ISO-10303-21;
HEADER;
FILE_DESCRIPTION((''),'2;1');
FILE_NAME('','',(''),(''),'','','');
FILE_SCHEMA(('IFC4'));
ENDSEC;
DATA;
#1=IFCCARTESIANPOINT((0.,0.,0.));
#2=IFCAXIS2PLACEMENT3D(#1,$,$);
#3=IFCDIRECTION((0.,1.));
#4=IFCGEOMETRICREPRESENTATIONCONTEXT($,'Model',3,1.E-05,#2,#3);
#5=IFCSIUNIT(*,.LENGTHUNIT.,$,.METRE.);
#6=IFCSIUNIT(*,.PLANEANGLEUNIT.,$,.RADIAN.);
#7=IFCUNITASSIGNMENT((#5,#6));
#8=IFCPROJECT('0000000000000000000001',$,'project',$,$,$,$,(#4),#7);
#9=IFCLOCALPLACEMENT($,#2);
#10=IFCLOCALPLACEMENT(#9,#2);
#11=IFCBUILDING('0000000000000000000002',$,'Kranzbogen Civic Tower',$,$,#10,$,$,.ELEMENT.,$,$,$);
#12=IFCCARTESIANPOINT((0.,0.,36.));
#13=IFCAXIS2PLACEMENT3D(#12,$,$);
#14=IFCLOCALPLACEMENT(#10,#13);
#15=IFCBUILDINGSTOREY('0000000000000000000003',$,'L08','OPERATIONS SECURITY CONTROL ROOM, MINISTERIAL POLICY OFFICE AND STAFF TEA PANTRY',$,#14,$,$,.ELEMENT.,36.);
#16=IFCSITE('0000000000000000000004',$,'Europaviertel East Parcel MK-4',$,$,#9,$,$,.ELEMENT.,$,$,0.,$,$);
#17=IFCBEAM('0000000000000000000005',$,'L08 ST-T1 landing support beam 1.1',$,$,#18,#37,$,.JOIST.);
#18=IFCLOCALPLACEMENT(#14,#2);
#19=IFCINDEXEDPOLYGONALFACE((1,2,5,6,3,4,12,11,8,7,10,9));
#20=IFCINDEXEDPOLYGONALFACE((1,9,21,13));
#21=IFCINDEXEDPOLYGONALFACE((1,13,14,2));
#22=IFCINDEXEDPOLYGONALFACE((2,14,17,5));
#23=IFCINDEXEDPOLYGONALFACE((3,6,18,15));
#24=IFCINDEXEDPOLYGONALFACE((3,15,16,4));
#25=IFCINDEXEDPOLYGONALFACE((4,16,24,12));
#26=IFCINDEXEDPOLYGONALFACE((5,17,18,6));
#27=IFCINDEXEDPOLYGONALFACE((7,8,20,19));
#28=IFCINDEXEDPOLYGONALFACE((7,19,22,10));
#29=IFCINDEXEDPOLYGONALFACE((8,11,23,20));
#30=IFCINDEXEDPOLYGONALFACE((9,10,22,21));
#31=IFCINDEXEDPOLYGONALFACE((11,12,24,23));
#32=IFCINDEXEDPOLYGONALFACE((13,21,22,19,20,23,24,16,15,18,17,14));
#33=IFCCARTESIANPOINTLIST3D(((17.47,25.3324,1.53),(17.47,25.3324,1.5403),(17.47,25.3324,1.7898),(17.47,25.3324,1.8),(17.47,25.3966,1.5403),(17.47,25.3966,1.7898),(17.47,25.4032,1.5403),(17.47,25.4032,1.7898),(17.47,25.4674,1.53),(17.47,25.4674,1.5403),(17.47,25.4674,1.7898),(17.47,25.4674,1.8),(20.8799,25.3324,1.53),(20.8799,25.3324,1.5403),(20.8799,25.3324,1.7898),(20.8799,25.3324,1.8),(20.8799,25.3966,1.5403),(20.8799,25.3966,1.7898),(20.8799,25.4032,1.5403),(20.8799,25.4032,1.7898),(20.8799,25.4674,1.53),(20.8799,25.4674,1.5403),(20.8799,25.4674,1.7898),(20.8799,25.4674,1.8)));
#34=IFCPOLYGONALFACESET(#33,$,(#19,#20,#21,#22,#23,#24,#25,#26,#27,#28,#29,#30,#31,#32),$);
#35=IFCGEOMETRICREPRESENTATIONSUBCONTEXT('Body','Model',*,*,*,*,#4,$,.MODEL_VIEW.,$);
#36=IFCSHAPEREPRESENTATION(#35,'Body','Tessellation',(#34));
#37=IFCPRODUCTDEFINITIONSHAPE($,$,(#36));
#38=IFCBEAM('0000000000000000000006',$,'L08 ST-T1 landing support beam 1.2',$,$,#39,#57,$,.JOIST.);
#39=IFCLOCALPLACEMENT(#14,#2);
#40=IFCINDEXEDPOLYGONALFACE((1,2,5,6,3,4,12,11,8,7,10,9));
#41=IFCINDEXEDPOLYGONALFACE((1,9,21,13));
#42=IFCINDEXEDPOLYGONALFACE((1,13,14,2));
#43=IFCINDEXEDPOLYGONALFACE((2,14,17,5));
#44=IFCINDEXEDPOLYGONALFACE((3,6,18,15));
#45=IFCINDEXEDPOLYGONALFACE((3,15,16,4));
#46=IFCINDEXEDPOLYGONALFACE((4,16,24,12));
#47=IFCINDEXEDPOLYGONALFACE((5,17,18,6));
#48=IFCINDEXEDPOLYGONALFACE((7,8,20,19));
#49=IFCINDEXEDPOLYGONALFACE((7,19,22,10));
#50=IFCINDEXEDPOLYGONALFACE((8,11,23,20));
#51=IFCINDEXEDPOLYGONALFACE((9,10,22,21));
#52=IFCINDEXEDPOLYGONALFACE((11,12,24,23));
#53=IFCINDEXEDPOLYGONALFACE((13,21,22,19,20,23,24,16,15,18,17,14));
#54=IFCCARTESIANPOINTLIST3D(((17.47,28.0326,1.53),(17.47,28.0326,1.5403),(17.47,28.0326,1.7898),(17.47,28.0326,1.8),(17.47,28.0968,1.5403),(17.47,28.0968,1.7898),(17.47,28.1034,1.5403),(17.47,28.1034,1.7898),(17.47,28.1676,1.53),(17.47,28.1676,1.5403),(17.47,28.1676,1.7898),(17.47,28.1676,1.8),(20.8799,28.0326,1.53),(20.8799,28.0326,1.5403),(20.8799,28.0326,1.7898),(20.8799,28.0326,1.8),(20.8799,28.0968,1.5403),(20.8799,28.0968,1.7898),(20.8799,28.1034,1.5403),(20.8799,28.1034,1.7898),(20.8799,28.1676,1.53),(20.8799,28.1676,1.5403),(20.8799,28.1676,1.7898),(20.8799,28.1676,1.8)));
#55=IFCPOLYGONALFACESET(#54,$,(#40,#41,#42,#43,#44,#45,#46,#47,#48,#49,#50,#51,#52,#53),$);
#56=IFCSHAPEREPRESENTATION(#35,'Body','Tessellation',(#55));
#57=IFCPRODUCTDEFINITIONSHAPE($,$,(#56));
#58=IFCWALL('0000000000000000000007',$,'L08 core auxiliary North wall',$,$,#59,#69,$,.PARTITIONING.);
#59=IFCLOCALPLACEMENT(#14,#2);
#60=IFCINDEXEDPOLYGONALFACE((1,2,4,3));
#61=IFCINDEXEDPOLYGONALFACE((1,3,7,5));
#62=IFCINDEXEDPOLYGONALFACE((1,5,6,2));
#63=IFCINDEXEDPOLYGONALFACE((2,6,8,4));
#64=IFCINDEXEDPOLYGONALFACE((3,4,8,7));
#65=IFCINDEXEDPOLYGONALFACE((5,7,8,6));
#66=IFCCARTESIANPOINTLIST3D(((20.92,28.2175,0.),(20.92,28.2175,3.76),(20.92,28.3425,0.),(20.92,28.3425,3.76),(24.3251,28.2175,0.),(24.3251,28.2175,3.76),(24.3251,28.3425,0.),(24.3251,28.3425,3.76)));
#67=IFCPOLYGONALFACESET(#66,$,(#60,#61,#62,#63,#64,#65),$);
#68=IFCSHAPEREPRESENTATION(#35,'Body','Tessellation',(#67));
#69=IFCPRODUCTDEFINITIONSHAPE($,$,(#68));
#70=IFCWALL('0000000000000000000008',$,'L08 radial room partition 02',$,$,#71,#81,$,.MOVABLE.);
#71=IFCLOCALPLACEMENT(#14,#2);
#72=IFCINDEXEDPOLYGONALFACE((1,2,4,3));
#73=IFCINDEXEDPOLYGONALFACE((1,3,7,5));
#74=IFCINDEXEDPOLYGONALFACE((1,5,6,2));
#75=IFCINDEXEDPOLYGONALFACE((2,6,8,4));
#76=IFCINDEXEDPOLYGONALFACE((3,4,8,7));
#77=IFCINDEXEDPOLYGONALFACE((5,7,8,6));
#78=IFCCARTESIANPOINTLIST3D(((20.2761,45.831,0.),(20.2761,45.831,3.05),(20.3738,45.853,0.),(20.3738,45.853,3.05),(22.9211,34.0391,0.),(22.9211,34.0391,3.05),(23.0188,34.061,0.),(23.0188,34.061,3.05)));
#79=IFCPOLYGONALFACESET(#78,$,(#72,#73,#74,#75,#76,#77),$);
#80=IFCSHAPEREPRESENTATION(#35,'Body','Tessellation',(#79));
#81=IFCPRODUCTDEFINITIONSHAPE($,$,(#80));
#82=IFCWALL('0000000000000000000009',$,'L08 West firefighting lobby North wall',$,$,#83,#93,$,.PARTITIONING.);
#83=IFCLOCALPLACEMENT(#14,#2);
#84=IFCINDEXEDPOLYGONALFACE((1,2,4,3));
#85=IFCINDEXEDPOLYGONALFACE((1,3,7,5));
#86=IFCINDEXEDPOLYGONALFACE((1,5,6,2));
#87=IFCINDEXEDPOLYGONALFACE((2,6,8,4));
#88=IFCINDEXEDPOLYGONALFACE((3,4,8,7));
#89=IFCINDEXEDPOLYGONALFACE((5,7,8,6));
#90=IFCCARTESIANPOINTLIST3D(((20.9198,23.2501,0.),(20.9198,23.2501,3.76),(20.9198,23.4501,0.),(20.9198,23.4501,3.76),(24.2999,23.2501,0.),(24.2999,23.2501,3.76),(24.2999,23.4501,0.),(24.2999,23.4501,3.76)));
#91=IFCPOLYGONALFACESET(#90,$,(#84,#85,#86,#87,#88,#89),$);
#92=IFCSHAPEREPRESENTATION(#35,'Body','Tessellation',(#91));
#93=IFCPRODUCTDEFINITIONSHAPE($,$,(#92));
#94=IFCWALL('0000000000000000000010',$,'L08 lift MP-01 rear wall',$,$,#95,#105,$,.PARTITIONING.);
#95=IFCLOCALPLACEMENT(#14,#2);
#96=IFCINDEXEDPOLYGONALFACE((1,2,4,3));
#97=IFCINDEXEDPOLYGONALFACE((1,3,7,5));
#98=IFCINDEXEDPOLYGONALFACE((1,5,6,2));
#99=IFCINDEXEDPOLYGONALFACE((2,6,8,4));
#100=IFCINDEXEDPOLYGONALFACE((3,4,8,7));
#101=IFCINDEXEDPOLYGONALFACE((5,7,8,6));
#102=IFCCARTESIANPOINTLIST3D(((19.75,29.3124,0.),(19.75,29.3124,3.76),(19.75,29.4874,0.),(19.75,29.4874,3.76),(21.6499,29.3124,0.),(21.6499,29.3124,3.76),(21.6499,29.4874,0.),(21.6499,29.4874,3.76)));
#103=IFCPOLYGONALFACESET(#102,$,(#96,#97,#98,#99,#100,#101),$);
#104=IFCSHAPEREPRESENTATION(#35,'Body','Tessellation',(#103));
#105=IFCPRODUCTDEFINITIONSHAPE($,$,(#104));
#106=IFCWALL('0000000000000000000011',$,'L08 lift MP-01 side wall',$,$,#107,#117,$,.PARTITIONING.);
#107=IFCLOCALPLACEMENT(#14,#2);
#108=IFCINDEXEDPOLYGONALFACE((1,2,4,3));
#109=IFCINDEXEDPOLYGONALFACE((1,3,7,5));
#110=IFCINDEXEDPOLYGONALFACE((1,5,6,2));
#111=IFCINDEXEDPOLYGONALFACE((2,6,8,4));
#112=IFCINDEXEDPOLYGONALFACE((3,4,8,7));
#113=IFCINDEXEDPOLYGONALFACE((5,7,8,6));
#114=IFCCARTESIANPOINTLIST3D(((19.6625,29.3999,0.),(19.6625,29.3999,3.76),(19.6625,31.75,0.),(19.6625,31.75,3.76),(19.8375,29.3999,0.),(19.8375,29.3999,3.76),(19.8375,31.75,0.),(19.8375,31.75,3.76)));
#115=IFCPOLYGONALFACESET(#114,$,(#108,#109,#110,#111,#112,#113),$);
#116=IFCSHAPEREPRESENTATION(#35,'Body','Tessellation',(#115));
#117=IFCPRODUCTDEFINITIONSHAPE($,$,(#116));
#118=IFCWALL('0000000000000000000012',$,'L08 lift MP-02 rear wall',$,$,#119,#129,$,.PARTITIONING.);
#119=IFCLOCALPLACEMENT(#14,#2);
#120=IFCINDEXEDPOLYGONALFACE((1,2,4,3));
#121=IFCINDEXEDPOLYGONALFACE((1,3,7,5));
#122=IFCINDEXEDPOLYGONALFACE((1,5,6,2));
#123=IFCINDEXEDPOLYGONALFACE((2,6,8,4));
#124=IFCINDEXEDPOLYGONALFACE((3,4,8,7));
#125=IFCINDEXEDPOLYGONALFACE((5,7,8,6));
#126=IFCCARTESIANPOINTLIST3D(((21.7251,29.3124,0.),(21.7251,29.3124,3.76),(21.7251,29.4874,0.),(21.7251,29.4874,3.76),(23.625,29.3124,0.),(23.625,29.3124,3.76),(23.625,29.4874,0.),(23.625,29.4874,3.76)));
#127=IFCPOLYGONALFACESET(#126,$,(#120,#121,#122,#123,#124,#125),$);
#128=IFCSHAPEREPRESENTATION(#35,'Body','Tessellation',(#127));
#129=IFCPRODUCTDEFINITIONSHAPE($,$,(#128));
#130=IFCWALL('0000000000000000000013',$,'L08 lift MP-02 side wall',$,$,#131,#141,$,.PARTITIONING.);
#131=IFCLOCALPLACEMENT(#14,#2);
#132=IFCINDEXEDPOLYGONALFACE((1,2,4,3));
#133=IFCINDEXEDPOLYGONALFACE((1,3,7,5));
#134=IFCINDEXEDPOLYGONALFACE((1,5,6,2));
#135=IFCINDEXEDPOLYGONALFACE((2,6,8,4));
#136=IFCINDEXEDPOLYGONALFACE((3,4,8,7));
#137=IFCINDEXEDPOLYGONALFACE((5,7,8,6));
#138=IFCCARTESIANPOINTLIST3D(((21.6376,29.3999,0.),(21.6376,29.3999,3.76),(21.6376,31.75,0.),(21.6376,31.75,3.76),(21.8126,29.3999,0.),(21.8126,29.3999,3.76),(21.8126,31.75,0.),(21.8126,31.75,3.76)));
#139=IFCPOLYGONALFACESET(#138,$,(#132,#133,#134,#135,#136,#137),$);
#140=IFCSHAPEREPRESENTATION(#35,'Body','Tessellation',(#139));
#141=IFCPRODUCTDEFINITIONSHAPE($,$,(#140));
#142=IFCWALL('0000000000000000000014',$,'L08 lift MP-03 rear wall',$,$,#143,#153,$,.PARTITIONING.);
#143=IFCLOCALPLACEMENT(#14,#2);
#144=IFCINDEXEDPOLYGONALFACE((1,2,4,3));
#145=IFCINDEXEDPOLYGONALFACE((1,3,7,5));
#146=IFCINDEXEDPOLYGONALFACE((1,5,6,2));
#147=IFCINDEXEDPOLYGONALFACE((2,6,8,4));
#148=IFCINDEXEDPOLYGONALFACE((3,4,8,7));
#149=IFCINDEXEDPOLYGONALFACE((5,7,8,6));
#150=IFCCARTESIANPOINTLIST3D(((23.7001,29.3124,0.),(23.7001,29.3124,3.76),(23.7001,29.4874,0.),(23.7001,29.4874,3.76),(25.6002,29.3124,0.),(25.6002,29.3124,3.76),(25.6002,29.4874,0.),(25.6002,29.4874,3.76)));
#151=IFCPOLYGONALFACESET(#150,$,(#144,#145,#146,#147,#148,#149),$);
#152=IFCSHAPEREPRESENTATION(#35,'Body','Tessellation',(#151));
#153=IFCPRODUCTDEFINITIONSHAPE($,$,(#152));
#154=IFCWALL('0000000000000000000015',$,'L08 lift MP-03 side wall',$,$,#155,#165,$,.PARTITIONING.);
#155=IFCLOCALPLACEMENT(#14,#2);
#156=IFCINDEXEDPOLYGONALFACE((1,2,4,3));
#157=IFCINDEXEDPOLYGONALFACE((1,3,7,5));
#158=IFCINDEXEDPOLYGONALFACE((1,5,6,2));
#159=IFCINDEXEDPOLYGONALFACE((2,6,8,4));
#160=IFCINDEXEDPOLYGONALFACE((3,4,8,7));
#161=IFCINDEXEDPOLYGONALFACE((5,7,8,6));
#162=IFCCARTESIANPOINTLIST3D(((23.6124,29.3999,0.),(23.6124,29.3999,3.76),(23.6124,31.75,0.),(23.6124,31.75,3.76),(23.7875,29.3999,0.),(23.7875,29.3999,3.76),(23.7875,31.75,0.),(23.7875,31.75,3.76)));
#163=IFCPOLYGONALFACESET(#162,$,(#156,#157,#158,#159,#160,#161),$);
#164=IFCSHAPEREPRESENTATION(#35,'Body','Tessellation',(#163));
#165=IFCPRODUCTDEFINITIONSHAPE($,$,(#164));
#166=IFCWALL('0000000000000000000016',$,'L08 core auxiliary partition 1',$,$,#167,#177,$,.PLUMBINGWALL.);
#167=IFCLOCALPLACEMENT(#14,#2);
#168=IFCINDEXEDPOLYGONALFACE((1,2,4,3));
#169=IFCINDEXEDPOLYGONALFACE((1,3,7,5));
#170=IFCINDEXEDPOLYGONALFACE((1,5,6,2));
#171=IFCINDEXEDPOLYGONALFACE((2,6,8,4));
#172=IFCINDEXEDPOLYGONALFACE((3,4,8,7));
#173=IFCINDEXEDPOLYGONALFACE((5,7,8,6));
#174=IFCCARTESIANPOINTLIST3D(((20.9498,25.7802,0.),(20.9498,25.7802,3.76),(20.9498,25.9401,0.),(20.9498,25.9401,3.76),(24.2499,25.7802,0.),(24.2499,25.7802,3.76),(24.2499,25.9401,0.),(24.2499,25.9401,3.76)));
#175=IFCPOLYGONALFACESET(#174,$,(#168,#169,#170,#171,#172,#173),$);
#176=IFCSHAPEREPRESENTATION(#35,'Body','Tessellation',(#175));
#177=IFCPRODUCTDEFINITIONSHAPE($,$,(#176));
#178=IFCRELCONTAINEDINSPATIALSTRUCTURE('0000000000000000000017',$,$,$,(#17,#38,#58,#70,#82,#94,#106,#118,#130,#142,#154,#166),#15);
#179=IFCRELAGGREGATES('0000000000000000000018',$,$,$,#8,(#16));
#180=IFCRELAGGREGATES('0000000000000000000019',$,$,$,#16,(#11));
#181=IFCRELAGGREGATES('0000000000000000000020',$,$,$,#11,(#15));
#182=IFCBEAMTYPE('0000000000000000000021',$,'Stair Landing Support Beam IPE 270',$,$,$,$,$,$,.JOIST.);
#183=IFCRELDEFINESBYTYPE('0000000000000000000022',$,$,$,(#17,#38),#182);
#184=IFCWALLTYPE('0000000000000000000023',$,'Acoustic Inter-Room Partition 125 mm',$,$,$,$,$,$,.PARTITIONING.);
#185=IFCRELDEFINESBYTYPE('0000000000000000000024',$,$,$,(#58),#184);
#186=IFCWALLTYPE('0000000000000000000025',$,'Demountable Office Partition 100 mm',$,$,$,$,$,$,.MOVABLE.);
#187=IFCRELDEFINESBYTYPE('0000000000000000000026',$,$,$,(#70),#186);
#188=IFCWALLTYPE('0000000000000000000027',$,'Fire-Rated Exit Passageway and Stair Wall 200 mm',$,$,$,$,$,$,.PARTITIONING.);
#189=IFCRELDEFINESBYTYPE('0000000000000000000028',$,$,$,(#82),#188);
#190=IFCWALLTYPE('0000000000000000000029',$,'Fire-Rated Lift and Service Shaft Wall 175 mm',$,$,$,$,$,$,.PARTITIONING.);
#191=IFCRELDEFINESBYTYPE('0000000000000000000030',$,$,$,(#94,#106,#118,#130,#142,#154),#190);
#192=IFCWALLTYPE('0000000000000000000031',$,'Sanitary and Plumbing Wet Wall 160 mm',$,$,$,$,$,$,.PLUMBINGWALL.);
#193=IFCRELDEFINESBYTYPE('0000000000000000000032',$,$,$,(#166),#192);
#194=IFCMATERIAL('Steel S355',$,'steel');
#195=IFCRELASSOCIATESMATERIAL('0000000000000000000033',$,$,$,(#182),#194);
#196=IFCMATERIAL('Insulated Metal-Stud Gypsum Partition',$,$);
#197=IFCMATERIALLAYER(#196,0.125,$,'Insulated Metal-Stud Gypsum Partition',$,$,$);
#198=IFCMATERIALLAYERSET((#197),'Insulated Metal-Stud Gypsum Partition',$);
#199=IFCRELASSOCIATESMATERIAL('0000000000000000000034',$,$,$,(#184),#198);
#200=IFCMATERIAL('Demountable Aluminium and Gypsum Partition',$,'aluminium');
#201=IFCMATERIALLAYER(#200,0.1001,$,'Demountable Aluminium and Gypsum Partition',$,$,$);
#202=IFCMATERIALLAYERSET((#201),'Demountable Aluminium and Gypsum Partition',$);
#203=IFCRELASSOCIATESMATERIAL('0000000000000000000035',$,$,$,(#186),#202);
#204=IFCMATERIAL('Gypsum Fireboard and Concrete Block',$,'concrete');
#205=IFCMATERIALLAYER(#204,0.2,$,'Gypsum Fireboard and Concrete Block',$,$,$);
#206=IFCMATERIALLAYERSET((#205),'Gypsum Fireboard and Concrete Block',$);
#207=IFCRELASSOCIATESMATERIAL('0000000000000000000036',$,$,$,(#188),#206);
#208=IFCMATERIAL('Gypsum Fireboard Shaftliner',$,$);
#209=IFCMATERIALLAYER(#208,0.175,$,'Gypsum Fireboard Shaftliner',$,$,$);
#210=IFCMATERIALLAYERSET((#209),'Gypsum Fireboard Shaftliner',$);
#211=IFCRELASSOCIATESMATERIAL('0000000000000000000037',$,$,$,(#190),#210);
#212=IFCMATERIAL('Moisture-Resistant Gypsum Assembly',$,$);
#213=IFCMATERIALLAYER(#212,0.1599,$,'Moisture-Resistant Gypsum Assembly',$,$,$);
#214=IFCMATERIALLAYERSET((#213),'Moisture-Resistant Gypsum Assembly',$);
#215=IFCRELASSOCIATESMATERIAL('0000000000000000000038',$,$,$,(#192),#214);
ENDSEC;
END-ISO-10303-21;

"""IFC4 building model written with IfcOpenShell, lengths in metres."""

from ifc_helpers import new_model, si_unit, direction, frame, frame_2d, origin, origin_2d, place, context, subcontext, project, spatial, rectangle, i_section, extrude, material, layer, layer_set, material_profile, profile_set, type_object, element, save


model = new_model("IFC4")

# Units and contexts
model_context = context("Model", 3, precision=1e-05, world=origin(), true_north=direction((0.0, 1.0)))
body_context = subcontext(model_context, "Body", "Model", "MODEL_VIEW")
ifc_project = project(units=[si_unit("LENGTHUNIT", "METRE"), si_unit("PLANEANGLEUNIT", "RADIAN")], contexts=[model_context])

# Site, building, storey
site_placement = place(None, origin())
site = spatial("IfcSite", under=ifc_project, at=site_placement, Name="Europaviertel East Parcel MK-4", CompositionType="ELEMENT", RefElevation=0.0)
building_placement = place(site_placement, origin())
building = spatial("IfcBuilding", under=site, at=building_placement, Name="Kranzbogen Civic Tower", CompositionType="ELEMENT")
storey_placement = place(building_placement, frame((0.0, 0.0, 36.0)))
storey = spatial("IfcBuildingStorey", under=building, at=storey_placement, Name="L08", Description="OPERATIONS SECURITY CONTROL ROOM, MINISTERIAL POLICY OFFICE AND STAFF TEA PANTRY", CompositionType="ELEMENT", Elevation=36.0)

# Beams
ifc_material_1 = material(Name="Steel S355", Category="steel")
ifc_material_profile = material_profile(ifc_material_1, i_section(OverallWidth=0.135, OverallDepth=0.27, WebThickness=0.0066, FlangeThickness=0.0103, at=origin_2d()), Name="IPE 270")
ifc_profile_set = profile_set([ifc_material_profile], Name="Steel S355")
beam_type = type_object("IfcBeamType", Name="Stair Landing Support Beam IPE 270", PredefinedType="JOIST", material=ifc_profile_set)
for number, where, z_axis, x_axis, name in (
    (1, (20.8799, 25.3999, 1.665), (-1.0, 0.0, 0.0), (0.0, -1.0, 0.0), "L08 ST-T1 landing support beam 1.1"),
    (2, (20.8799, 28.1001, 1.665), (-1.0, 0.0, 0.0), (0.0, -1.0, 0.0), "L08 ST-T1 landing support beam 1.2"),
):
    element("IfcBeam", number, at=place(storey_placement, frame(where, z_axis=z_axis, x_axis=x_axis)), inside=storey, type_object=beam_type, Name=name, PredefinedType="JOIST", context=body_context, shape_type="SweptSolid", body=[
        extrude(i_section(OverallWidth=0.135, OverallDepth=0.27, WebThickness=0.0066, FlangeThickness=0.0103, at=origin_2d()), origin(), (0.0, 0.0, 1.0), 3.4099),
    ])

# Walls
ifc_material_2 = material(Name="Insulated Metal-Stud Gypsum Partition")
ifc_layer_1 = layer(ifc_material_2, 0.125, Name="Insulated Metal-Stud Gypsum Partition")
ifc_layer_set_1 = layer_set([ifc_layer_1], Name="Insulated Metal-Stud Gypsum Partition")
wall_type_1 = type_object("IfcWallType", Name="Acoustic Inter-Room Partition 125 mm", PredefinedType="PARTITIONING", material=ifc_layer_set_1)
wall_1_placement = place(storey_placement, frame((20.9199, 28.28, 0.0), z_axis=(0.0, 0.0, 1.0), x_axis=(1.0, 0.0, 0.0)))
element("IfcWall", 3, at=wall_1_placement, inside=storey, type_object=wall_type_1, Name="L08 core auxiliary North wall", PredefinedType="PARTITIONING", context=body_context, shape_type="SweptSolid", body=[
    extrude(rectangle(XDim=3.405, YDim=0.125, at=frame_2d((1.7026, 0.0))), origin(), (0.0, 0.0, 1.0), 3.76),
])
ifc_material_3 = material(Name="Demountable Aluminium and Gypsum Partition", Category="aluminium")
ifc_layer_2 = layer(ifc_material_3, 0.1001, Name="Demountable Aluminium and Gypsum Partition")
ifc_layer_set_2 = layer_set([ifc_layer_2], Name="Demountable Aluminium and Gypsum Partition")
wall_type_2 = type_object("IfcWallType", Name="Demountable Office Partition 100 mm", PredefinedType="MOVABLE", material=ifc_layer_set_2)
wall_2_placement = place(storey_placement, frame((22.97, 34.05, 0.0), z_axis=(0.0, 0.0, 1.0), x_axis=(-0.218868, 0.975754, 0.0)))
element("IfcWall", 4, at=wall_2_placement, inside=storey, type_object=wall_type_2, Name="L08 radial room partition 02", PredefinedType="MOVABLE", context=body_context, shape_type="SweptSolid", body=[
    extrude(rectangle(XDim=12.085, YDim=0.1001, at=frame_2d((6.0425, 0.0))), origin(), (0.0, 0.0, 1.0), 3.05),
])
ifc_material_4 = material(Name="Gypsum Fireboard and Concrete Block", Category="concrete")
ifc_layer_3 = layer(ifc_material_4, 0.2, Name="Gypsum Fireboard and Concrete Block")
ifc_layer_set_3 = layer_set([ifc_layer_3], Name="Gypsum Fireboard and Concrete Block")
wall_type_3 = type_object("IfcWallType", Name="Fire-Rated Exit Passageway and Stair Wall 200 mm", PredefinedType="PARTITIONING", material=ifc_layer_set_3)
wall_3_placement = place(storey_placement, frame((20.9199, 23.3501, 0.0), z_axis=(0.0, 0.0, 1.0), x_axis=(1.0, 0.0, 0.0)))
element("IfcWall", 5, at=wall_3_placement, inside=storey, type_object=wall_type_3, Name="L08 West firefighting lobby North wall", PredefinedType="PARTITIONING", context=body_context, shape_type="SweptSolid", body=[
    extrude(rectangle(XDim=3.3801, YDim=0.2, at=frame_2d((1.6899, 0.0))), origin(), (0.0, 0.0, 1.0), 3.76),
])
ifc_material_5 = material(Name="Gypsum Fireboard Shaftliner")
ifc_layer_4 = layer(ifc_material_5, 0.175, Name="Gypsum Fireboard Shaftliner")
ifc_layer_set_4 = layer_set([ifc_layer_4], Name="Gypsum Fireboard Shaftliner")
wall_type_4 = type_object("IfcWallType", Name="Fire-Rated Lift and Service Shaft Wall 175 mm", PredefinedType="PARTITIONING", material=ifc_layer_set_4)
wall_4_placement = place(storey_placement, frame((19.75, 29.3999, 0.0), z_axis=(0.0, 0.0, 1.0), x_axis=(1.0, 0.0, 0.0)))
element("IfcWall", 6, at=wall_4_placement, inside=storey, type_object=wall_type_4, Name="L08 lift MP-01 rear wall", PredefinedType="PARTITIONING", context=body_context, shape_type="SweptSolid", body=[
    extrude(rectangle(XDim=1.8999, YDim=0.175, at=frame_2d((0.95, 0.0))), origin(), (0.0, 0.0, 1.0), 3.76),
])
wall_5_placement = place(storey_placement, frame((19.75, 29.3999, 0.0), z_axis=(0.0, 0.0, 1.0), x_axis=(0.0, 1.0, 0.0)))
element("IfcWall", 7, at=wall_5_placement, inside=storey, type_object=wall_type_4, Name="L08 lift MP-01 side wall", PredefinedType="PARTITIONING", context=body_context, shape_type="SweptSolid", body=[
    extrude(rectangle(XDim=2.3501, YDim=0.175, at=frame_2d((1.175, 0.0))), origin(), (0.0, 0.0, 1.0), 3.76),
])
wall_6_placement = place(storey_placement, frame((21.7251, 29.3999, 0.0), z_axis=(0.0, 0.0, 1.0), x_axis=(1.0, 0.0, 0.0)))
element("IfcWall", 8, at=wall_6_placement, inside=storey, type_object=wall_type_4, Name="L08 lift MP-02 rear wall", PredefinedType="PARTITIONING", context=body_context, shape_type="SweptSolid", body=[
    extrude(rectangle(XDim=1.8999, YDim=0.175, at=frame_2d((0.95, 0.0))), origin(), (0.0, 0.0, 1.0), 3.76),
])
wall_7_placement = place(storey_placement, frame((21.7251, 29.3999, 0.0), z_axis=(0.0, 0.0, 1.0), x_axis=(0.0, 1.0, 0.0)))
element("IfcWall", 9, at=wall_7_placement, inside=storey, type_object=wall_type_4, Name="L08 lift MP-02 side wall", PredefinedType="PARTITIONING", context=body_context, shape_type="SweptSolid", body=[
    extrude(rectangle(XDim=2.3501, YDim=0.175, at=frame_2d((1.175, 0.0))), origin(), (0.0, 0.0, 1.0), 3.76),
])
wall_8_placement = place(storey_placement, frame((23.7, 29.3999, 0.0), z_axis=(0.0, 0.0, 1.0), x_axis=(1.0, 0.0, 0.0)))
element("IfcWall", 10, at=wall_8_placement, inside=storey, type_object=wall_type_4, Name="L08 lift MP-03 rear wall", PredefinedType="PARTITIONING", context=body_context, shape_type="SweptSolid", body=[
    extrude(rectangle(XDim=1.9001, YDim=0.175, at=frame_2d((0.9502, 0.0))), origin(), (0.0, 0.0, 1.0), 3.76),
])
wall_9_placement = place(storey_placement, frame((23.7, 29.3999, 0.0), z_axis=(0.0, 0.0, 1.0), x_axis=(0.0, 1.0, 0.0)))
element("IfcWall", 11, at=wall_9_placement, inside=storey, type_object=wall_type_4, Name="L08 lift MP-03 side wall", PredefinedType="PARTITIONING", context=body_context, shape_type="SweptSolid", body=[
    extrude(rectangle(XDim=2.3501, YDim=0.175, at=frame_2d((1.175, 0.0))), origin(), (0.0, 0.0, 1.0), 3.76),
])
ifc_material_6 = material(Name="Moisture-Resistant Gypsum Assembly")
ifc_layer_5 = layer(ifc_material_6, 0.1599, Name="Moisture-Resistant Gypsum Assembly")
ifc_layer_set_5 = layer_set([ifc_layer_5], Name="Moisture-Resistant Gypsum Assembly")
wall_type_5 = type_object("IfcWallType", Name="Sanitary and Plumbing Wet Wall 160 mm", PredefinedType="PLUMBINGWALL", material=ifc_layer_set_5)
wall_10_placement = place(storey_placement, frame((20.95, 25.8601, 0.0), z_axis=(0.0, 0.0, 1.0), x_axis=(1.0, 0.0, 0.0)))
element("IfcWall", 12, at=wall_10_placement, inside=storey, type_object=wall_type_5, Name="L08 core auxiliary partition 1", PredefinedType="PLUMBINGWALL", context=body_context, shape_type="SweptSolid", body=[
    extrude(rectangle(XDim=3.3, YDim=0.1599, at=frame_2d((1.6499, 0.0))), origin(), (0.0, 0.0, 1.0), 3.76),
])

save(model, "model.ifc")
